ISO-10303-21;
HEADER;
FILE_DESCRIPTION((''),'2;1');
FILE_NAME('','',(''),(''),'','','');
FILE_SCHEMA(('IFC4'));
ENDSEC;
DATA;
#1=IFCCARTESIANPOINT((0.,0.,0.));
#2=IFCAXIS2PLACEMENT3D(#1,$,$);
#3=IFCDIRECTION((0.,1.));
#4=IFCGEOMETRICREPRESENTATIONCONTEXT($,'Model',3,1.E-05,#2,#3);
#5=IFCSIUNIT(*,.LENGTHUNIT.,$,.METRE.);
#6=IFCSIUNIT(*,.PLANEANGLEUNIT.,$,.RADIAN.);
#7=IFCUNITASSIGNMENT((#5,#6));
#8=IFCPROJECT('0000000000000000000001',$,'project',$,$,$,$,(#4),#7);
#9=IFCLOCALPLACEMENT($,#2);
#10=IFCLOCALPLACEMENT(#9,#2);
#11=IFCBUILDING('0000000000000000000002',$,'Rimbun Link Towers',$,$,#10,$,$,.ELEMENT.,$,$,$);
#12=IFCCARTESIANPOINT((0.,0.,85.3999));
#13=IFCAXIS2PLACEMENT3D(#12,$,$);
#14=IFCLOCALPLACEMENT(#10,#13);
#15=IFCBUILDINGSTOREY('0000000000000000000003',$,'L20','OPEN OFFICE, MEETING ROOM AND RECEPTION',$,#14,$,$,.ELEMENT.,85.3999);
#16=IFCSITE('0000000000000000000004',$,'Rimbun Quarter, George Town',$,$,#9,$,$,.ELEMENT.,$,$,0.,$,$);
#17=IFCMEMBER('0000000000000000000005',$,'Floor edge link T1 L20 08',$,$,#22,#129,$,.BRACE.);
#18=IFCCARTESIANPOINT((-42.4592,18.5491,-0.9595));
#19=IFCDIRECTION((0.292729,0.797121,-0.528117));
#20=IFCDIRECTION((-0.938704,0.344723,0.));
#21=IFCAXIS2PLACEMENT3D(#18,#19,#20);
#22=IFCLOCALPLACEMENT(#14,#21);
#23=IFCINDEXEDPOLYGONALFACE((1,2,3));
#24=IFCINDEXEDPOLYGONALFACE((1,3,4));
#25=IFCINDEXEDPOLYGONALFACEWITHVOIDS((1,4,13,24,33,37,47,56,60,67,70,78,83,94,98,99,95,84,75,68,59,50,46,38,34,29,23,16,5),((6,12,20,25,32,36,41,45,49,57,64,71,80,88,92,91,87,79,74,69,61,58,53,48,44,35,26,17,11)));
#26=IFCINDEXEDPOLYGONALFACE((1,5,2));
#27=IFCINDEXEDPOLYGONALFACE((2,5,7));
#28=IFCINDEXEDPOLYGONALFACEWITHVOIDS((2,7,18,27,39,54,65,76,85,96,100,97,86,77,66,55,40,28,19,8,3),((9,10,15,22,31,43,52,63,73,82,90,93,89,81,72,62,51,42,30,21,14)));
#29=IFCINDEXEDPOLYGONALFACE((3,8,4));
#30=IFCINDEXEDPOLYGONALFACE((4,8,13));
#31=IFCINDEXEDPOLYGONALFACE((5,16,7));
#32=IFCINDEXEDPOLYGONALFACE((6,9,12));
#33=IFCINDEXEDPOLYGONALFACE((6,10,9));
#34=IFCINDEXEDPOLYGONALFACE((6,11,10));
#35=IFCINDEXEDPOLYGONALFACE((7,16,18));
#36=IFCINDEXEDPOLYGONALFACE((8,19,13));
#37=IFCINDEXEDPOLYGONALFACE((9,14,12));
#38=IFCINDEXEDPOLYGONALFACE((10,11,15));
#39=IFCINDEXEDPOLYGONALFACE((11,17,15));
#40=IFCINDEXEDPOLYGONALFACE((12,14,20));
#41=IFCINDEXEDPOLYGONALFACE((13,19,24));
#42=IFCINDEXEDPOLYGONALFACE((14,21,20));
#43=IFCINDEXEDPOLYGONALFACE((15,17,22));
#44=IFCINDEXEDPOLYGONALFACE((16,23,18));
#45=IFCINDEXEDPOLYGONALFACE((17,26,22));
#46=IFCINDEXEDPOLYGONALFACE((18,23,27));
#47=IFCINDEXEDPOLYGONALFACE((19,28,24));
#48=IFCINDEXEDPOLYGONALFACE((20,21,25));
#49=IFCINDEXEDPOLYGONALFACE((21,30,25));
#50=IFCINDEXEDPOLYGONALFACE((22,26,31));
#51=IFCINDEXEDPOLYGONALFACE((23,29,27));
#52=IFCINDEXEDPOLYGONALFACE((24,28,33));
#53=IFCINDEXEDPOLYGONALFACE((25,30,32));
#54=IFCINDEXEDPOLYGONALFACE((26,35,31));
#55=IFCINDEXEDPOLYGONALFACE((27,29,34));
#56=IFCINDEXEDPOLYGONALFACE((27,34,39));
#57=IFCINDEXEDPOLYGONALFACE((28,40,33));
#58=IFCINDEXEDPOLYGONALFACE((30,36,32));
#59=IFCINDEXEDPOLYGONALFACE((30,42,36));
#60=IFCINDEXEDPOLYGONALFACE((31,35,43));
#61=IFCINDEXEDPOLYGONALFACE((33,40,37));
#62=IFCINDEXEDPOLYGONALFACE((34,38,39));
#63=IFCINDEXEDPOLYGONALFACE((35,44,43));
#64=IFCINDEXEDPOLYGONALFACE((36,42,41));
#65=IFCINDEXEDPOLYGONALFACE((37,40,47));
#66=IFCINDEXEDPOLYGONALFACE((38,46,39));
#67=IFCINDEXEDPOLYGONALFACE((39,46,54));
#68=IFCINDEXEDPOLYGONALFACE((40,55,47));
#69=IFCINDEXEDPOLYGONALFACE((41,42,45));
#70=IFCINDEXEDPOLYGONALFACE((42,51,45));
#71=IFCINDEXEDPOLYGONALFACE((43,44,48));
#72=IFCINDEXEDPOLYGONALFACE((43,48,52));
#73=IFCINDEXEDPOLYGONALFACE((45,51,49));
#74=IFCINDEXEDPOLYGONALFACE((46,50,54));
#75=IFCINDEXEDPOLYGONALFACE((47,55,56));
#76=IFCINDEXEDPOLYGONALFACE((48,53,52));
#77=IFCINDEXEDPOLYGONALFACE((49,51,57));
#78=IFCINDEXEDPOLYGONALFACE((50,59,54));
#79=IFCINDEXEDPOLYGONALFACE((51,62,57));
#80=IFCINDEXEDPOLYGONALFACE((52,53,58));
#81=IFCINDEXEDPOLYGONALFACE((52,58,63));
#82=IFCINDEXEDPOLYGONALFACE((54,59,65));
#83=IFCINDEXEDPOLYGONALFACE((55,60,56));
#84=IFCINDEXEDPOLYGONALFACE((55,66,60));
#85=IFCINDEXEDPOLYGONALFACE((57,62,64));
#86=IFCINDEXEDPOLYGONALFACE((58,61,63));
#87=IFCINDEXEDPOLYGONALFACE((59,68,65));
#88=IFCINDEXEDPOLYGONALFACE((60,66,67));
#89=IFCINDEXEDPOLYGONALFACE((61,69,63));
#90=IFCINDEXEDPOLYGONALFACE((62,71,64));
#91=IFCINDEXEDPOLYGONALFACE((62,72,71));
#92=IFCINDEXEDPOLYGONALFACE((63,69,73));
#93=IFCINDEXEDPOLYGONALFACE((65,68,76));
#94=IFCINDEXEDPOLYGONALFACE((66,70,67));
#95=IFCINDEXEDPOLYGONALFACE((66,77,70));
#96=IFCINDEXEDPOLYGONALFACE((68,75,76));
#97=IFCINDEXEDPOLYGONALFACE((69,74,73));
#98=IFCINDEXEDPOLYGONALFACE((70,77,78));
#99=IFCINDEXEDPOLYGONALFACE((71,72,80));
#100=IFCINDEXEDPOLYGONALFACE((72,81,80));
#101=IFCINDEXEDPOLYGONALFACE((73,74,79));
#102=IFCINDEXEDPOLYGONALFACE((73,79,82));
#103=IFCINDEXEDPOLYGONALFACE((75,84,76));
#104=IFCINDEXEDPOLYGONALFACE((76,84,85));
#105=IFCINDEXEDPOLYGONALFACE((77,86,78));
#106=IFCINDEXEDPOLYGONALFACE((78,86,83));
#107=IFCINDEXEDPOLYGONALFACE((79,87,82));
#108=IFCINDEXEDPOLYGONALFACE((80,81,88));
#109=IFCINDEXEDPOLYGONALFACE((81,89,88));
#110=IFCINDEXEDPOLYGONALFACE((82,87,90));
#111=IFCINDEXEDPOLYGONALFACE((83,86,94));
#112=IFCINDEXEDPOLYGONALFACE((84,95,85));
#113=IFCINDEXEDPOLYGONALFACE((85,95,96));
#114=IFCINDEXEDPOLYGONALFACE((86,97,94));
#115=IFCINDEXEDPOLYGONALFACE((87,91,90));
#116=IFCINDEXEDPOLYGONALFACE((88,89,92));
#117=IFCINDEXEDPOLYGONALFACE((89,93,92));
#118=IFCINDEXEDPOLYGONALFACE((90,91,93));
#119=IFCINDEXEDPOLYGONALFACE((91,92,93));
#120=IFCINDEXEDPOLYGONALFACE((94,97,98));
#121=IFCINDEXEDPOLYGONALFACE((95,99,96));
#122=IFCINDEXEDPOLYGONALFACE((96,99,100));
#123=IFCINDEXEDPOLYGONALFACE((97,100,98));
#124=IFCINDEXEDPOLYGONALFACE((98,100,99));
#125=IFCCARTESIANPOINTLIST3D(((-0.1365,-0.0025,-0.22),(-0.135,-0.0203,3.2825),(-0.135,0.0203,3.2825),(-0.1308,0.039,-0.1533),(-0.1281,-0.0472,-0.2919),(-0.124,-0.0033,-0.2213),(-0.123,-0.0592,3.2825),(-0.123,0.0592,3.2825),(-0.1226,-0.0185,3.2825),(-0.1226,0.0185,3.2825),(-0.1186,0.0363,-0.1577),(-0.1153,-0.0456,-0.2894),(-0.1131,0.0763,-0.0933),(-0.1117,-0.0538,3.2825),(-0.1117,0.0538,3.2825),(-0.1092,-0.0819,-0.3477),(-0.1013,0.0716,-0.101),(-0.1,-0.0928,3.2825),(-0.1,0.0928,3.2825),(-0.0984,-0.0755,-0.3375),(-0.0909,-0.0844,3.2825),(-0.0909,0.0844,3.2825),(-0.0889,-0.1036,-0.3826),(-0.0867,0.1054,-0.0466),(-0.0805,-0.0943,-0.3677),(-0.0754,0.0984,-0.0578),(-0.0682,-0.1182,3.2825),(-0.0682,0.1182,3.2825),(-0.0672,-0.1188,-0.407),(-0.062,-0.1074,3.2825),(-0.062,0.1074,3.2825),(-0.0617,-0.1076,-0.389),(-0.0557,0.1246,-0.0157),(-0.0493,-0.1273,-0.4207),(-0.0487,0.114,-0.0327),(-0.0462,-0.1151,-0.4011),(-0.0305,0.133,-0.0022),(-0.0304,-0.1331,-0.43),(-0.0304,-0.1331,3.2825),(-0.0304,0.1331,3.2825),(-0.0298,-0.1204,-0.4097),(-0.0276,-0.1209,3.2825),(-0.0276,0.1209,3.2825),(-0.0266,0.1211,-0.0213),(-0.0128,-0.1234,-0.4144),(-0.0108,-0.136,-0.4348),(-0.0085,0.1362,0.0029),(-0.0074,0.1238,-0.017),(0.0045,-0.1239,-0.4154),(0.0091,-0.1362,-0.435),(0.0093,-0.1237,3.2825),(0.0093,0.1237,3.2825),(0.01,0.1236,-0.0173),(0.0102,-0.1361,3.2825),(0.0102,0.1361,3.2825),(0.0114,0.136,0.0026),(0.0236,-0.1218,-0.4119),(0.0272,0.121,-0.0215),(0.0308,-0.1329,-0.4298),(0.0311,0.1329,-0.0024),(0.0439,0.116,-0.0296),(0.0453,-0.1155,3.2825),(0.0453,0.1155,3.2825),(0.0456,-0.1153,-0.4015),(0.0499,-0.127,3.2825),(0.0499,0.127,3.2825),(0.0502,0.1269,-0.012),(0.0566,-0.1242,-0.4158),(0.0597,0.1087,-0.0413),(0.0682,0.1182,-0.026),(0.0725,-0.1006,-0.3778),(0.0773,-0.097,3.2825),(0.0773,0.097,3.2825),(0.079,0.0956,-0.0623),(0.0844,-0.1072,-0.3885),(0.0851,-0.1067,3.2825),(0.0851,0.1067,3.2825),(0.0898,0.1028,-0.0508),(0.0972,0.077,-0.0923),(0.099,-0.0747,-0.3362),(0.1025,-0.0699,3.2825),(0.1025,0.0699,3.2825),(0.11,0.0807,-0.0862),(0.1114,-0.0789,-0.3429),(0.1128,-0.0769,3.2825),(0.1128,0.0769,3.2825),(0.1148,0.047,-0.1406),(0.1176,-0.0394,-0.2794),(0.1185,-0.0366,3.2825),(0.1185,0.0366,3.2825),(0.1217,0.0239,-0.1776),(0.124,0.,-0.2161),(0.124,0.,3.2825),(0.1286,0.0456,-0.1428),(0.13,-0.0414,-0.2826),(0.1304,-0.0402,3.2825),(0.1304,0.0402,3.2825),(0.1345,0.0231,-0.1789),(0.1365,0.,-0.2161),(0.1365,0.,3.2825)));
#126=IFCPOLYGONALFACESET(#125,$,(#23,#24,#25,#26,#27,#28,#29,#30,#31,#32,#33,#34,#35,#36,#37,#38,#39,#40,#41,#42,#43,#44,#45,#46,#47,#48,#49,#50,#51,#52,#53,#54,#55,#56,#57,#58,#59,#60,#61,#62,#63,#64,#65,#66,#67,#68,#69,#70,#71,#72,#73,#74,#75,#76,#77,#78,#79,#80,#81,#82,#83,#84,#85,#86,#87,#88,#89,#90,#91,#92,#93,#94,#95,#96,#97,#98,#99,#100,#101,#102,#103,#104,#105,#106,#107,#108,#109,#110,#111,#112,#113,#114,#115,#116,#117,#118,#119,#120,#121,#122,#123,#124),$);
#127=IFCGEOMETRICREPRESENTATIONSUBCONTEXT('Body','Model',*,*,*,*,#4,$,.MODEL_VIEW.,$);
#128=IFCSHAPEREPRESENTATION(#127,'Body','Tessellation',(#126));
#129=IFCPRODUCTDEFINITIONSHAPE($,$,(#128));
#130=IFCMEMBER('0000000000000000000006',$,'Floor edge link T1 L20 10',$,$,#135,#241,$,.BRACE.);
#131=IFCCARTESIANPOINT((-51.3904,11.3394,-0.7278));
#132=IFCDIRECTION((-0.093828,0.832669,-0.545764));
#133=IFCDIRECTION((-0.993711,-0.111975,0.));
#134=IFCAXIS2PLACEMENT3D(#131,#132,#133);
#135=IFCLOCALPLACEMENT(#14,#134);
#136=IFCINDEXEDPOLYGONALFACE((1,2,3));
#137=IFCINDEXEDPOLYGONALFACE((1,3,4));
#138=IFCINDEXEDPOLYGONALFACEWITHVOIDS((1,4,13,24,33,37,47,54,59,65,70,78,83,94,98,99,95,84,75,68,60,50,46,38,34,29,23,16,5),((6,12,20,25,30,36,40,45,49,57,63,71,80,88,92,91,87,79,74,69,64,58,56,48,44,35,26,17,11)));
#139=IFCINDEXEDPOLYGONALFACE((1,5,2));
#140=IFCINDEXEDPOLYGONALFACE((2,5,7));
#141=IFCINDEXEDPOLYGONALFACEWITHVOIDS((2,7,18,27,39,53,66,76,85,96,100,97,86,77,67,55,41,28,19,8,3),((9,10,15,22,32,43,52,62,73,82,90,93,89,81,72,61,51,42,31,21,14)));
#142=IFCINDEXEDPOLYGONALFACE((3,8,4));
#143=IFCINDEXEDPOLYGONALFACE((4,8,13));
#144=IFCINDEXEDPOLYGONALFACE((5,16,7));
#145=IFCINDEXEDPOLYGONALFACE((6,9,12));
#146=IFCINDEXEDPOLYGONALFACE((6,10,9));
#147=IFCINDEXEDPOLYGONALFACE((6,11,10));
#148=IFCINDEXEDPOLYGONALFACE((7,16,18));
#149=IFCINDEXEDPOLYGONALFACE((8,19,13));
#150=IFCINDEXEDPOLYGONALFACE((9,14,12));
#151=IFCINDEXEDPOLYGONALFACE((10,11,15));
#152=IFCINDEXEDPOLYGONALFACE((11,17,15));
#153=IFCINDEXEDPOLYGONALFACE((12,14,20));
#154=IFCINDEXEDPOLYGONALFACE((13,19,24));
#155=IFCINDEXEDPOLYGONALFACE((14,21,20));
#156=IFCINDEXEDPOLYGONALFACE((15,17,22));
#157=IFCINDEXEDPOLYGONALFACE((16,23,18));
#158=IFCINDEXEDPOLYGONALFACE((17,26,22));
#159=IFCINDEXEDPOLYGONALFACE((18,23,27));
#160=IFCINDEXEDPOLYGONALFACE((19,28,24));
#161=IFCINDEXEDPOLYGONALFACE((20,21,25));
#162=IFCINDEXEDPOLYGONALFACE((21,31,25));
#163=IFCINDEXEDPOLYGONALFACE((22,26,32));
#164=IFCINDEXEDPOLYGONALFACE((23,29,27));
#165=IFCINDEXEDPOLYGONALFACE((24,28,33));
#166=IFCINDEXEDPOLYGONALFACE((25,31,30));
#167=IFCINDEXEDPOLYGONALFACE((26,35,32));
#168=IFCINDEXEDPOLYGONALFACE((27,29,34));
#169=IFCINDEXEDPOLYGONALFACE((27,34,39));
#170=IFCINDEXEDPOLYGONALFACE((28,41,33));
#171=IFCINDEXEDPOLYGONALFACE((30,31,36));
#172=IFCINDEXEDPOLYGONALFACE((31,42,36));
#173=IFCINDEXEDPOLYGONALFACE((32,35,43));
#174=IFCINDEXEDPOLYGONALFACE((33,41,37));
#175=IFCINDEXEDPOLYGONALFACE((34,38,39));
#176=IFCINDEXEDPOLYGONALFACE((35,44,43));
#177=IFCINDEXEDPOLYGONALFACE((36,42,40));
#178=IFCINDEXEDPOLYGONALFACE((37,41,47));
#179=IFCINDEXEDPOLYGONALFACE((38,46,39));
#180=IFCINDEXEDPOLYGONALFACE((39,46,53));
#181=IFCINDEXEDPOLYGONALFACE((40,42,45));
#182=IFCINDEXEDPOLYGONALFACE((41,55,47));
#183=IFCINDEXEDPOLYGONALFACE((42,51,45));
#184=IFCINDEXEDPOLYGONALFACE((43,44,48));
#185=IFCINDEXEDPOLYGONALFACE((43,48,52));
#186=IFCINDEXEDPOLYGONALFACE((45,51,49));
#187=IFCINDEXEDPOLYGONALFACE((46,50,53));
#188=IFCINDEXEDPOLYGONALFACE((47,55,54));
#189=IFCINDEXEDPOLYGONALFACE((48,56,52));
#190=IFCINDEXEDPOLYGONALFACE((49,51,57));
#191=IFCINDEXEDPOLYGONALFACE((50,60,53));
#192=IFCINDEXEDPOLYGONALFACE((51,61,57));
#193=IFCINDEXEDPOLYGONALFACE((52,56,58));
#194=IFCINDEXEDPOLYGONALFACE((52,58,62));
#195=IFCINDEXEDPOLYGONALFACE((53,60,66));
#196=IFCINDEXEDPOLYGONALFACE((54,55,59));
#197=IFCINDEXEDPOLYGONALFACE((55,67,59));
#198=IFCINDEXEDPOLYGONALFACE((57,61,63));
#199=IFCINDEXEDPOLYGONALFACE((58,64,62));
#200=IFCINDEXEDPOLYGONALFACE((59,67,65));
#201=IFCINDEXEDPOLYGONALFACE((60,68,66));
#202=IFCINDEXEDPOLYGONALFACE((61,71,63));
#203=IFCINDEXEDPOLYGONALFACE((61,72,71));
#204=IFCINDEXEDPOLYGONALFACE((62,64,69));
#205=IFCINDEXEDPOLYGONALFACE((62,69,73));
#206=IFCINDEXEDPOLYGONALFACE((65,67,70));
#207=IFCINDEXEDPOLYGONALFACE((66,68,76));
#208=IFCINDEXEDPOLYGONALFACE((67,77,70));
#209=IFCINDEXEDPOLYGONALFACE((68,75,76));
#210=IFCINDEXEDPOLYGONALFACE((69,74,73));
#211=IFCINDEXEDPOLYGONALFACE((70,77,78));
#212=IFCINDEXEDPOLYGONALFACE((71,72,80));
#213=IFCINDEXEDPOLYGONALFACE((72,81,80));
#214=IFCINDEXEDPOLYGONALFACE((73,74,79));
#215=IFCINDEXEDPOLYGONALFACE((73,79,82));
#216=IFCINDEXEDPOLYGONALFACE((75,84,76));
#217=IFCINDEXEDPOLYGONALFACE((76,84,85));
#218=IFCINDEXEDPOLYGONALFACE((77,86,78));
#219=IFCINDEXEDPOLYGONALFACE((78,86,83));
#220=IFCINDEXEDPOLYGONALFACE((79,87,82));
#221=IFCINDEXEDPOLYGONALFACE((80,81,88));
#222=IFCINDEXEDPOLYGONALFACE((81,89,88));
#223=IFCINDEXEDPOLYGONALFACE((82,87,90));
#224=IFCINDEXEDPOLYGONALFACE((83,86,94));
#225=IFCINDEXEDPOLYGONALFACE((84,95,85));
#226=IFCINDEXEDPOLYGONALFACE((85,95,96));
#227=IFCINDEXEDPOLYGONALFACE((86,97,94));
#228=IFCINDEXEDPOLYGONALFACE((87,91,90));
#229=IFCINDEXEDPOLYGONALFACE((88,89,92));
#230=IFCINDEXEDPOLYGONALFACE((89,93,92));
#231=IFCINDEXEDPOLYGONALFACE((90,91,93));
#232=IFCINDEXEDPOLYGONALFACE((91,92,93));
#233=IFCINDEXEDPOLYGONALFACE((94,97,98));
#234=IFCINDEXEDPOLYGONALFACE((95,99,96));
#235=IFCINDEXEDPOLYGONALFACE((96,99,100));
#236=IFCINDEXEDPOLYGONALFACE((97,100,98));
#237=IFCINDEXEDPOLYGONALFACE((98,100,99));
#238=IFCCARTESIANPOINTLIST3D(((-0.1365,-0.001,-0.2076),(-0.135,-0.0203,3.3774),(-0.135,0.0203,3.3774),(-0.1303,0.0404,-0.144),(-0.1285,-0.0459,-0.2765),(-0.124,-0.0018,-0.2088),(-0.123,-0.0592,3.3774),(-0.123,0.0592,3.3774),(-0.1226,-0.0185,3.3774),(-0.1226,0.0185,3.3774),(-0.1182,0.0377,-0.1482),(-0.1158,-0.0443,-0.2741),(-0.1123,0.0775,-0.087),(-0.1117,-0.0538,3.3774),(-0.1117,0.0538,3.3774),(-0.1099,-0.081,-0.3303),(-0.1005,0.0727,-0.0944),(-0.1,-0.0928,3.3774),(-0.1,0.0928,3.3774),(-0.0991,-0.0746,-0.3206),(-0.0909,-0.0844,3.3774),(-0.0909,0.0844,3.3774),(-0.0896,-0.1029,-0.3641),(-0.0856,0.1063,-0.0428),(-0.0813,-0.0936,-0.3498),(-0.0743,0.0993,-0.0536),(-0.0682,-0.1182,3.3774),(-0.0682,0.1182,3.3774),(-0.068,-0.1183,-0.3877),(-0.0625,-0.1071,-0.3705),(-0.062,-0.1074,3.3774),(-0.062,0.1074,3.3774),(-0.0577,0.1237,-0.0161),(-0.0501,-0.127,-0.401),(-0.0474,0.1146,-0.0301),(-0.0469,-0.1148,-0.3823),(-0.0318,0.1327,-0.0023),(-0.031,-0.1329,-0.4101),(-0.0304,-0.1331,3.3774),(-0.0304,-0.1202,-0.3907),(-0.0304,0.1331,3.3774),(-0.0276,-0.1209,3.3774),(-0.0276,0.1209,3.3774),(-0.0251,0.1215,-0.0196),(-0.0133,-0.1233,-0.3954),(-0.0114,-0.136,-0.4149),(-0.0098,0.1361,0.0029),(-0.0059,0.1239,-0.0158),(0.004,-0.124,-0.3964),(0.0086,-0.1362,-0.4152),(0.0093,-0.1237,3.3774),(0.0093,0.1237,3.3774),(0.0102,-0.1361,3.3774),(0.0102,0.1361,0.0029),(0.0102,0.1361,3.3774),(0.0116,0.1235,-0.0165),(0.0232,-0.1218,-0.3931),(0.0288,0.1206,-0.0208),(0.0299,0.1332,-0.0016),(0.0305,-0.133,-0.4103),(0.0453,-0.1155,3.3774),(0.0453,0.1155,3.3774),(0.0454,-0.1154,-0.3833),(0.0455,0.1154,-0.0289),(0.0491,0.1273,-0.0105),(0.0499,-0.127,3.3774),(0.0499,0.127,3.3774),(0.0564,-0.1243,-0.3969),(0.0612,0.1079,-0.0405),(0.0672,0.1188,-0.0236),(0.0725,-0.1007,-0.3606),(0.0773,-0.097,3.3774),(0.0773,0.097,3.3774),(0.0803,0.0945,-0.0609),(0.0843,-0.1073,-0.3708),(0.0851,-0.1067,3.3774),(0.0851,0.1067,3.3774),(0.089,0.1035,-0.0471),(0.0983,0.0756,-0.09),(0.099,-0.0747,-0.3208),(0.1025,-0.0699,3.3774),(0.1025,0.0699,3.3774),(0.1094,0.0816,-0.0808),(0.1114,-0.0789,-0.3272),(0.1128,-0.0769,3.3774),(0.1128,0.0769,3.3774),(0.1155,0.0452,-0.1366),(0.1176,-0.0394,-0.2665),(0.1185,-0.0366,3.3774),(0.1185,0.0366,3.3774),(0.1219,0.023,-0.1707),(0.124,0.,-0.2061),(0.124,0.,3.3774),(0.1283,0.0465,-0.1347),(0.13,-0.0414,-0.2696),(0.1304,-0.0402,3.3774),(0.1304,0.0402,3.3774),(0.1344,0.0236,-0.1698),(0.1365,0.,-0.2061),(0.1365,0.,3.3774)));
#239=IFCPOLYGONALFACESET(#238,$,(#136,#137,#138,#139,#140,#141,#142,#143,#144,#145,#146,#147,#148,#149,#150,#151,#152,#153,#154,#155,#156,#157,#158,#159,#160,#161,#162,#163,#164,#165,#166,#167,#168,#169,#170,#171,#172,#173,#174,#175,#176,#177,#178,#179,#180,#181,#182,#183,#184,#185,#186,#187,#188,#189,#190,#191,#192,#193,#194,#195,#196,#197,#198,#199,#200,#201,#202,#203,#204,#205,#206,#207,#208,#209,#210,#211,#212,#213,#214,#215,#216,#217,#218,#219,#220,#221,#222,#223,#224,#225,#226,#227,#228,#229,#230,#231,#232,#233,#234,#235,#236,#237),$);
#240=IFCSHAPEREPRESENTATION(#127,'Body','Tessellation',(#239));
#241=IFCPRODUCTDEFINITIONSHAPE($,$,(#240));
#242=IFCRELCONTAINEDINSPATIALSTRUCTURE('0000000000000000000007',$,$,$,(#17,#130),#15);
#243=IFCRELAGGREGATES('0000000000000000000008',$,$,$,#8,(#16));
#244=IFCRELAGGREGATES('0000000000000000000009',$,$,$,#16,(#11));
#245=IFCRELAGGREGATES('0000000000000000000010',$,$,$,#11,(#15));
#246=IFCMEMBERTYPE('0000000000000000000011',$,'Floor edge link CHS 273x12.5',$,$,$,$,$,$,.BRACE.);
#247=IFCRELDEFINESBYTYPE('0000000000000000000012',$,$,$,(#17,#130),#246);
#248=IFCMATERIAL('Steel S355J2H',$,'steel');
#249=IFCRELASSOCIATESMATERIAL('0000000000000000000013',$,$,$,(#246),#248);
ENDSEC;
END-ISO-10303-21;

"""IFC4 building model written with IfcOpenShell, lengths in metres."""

from ifc_helpers import new_model, si_unit, direction, frame, origin, origin_2d, place, context, subcontext, project, spatial, hollow_circle, extrude, clip, halfspace, material, material_profile, profile_set, type_object, element, save


model = new_model("IFC4")

# Units and contexts
model_context = context("Model", 3, precision=1e-05, world=origin(), true_north=direction((0.0, 1.0)))
body_context = subcontext(model_context, "Body", "Model", "MODEL_VIEW")
ifc_project = project(units=[si_unit("LENGTHUNIT", "METRE"), si_unit("PLANEANGLEUNIT", "RADIAN")], contexts=[model_context])

# Site, building, storey
site_placement = place(None, origin())
site = spatial("IfcSite", under=ifc_project, at=site_placement, Name="Rimbun Quarter, George Town", CompositionType="ELEMENT", RefElevation=0.0)
building_placement = place(site_placement, origin())
building = spatial("IfcBuilding", under=site, at=building_placement, Name="Rimbun Link Towers", CompositionType="ELEMENT")
storey_placement = place(building_placement, frame((0.0, 0.0, 85.3999)))
storey = spatial("IfcBuildingStorey", under=building, at=storey_placement, Name="L20", Description="OPEN OFFICE, MEETING ROOM AND RECEPTION", CompositionType="ELEMENT", Elevation=85.3999)

# Members
ifc_material_1 = material(Name="Steel S355J2H", Category="steel")
ifc_material_profile_1 = material_profile(ifc_material_1, hollow_circle(Radius=0.1365, WallThickness=0.0125, at=origin_2d()), Name="CHS 273x12.5")
ifc_profile_set_1 = profile_set([ifc_material_profile_1], Name="Steel S355J2H")
member_type_1 = type_object("IfcMemberType", Name="Floor edge link CHS 273x12.5", PredefinedType="BRACE", material=ifc_profile_set_1)
member_1_placement = place(storey_placement, frame((-42.4592, 18.5491, -0.9595), z_axis=(0.292729, 0.797121, -0.528117), x_axis=(-0.938704, 0.344723, 0.0)))
element("IfcMember", 1, at=member_1_placement, inside=storey, type_object=member_type_1, Name="Floor edge link T1 L20 08", PredefinedType="BRACE", context=body_context, shape_type="Clipping", body=[
    clip(extrude(hollow_circle(Radius=0.1365, WallThickness=0.0125, at=origin_2d()), frame((0.0, 0.0, -0.458)), (0.0, 0.0, 1.0), 3.7405), halfspace(frame((0.0, 0.0, -0.2161), z_axis=(0.0, 0.849172, -0.528117)), False)),
])
member_2_placement = place(storey_placement, frame((-51.3904, 11.3394, -0.7278), z_axis=(-0.093828, 0.832669, -0.545764), x_axis=(-0.993711, -0.111975, 0.0)))
element("IfcMember", 2, at=member_2_placement, inside=storey, type_object=member_type_1, Name="Floor edge link T1 L20 10", PredefinedType="BRACE", context=body_context, shape_type="Clipping", body=[
    clip(extrude(hollow_circle(Radius=0.1365, WallThickness=0.0125, at=origin_2d()), frame((0.0, 0.0, -0.4375)), (0.0, 0.0, 1.0), 3.8149), halfspace(frame((0.0, 0.0, -0.2061), z_axis=(0.0, 0.837939, -0.545764)), False)),
])

save(model, "model.ifc")
